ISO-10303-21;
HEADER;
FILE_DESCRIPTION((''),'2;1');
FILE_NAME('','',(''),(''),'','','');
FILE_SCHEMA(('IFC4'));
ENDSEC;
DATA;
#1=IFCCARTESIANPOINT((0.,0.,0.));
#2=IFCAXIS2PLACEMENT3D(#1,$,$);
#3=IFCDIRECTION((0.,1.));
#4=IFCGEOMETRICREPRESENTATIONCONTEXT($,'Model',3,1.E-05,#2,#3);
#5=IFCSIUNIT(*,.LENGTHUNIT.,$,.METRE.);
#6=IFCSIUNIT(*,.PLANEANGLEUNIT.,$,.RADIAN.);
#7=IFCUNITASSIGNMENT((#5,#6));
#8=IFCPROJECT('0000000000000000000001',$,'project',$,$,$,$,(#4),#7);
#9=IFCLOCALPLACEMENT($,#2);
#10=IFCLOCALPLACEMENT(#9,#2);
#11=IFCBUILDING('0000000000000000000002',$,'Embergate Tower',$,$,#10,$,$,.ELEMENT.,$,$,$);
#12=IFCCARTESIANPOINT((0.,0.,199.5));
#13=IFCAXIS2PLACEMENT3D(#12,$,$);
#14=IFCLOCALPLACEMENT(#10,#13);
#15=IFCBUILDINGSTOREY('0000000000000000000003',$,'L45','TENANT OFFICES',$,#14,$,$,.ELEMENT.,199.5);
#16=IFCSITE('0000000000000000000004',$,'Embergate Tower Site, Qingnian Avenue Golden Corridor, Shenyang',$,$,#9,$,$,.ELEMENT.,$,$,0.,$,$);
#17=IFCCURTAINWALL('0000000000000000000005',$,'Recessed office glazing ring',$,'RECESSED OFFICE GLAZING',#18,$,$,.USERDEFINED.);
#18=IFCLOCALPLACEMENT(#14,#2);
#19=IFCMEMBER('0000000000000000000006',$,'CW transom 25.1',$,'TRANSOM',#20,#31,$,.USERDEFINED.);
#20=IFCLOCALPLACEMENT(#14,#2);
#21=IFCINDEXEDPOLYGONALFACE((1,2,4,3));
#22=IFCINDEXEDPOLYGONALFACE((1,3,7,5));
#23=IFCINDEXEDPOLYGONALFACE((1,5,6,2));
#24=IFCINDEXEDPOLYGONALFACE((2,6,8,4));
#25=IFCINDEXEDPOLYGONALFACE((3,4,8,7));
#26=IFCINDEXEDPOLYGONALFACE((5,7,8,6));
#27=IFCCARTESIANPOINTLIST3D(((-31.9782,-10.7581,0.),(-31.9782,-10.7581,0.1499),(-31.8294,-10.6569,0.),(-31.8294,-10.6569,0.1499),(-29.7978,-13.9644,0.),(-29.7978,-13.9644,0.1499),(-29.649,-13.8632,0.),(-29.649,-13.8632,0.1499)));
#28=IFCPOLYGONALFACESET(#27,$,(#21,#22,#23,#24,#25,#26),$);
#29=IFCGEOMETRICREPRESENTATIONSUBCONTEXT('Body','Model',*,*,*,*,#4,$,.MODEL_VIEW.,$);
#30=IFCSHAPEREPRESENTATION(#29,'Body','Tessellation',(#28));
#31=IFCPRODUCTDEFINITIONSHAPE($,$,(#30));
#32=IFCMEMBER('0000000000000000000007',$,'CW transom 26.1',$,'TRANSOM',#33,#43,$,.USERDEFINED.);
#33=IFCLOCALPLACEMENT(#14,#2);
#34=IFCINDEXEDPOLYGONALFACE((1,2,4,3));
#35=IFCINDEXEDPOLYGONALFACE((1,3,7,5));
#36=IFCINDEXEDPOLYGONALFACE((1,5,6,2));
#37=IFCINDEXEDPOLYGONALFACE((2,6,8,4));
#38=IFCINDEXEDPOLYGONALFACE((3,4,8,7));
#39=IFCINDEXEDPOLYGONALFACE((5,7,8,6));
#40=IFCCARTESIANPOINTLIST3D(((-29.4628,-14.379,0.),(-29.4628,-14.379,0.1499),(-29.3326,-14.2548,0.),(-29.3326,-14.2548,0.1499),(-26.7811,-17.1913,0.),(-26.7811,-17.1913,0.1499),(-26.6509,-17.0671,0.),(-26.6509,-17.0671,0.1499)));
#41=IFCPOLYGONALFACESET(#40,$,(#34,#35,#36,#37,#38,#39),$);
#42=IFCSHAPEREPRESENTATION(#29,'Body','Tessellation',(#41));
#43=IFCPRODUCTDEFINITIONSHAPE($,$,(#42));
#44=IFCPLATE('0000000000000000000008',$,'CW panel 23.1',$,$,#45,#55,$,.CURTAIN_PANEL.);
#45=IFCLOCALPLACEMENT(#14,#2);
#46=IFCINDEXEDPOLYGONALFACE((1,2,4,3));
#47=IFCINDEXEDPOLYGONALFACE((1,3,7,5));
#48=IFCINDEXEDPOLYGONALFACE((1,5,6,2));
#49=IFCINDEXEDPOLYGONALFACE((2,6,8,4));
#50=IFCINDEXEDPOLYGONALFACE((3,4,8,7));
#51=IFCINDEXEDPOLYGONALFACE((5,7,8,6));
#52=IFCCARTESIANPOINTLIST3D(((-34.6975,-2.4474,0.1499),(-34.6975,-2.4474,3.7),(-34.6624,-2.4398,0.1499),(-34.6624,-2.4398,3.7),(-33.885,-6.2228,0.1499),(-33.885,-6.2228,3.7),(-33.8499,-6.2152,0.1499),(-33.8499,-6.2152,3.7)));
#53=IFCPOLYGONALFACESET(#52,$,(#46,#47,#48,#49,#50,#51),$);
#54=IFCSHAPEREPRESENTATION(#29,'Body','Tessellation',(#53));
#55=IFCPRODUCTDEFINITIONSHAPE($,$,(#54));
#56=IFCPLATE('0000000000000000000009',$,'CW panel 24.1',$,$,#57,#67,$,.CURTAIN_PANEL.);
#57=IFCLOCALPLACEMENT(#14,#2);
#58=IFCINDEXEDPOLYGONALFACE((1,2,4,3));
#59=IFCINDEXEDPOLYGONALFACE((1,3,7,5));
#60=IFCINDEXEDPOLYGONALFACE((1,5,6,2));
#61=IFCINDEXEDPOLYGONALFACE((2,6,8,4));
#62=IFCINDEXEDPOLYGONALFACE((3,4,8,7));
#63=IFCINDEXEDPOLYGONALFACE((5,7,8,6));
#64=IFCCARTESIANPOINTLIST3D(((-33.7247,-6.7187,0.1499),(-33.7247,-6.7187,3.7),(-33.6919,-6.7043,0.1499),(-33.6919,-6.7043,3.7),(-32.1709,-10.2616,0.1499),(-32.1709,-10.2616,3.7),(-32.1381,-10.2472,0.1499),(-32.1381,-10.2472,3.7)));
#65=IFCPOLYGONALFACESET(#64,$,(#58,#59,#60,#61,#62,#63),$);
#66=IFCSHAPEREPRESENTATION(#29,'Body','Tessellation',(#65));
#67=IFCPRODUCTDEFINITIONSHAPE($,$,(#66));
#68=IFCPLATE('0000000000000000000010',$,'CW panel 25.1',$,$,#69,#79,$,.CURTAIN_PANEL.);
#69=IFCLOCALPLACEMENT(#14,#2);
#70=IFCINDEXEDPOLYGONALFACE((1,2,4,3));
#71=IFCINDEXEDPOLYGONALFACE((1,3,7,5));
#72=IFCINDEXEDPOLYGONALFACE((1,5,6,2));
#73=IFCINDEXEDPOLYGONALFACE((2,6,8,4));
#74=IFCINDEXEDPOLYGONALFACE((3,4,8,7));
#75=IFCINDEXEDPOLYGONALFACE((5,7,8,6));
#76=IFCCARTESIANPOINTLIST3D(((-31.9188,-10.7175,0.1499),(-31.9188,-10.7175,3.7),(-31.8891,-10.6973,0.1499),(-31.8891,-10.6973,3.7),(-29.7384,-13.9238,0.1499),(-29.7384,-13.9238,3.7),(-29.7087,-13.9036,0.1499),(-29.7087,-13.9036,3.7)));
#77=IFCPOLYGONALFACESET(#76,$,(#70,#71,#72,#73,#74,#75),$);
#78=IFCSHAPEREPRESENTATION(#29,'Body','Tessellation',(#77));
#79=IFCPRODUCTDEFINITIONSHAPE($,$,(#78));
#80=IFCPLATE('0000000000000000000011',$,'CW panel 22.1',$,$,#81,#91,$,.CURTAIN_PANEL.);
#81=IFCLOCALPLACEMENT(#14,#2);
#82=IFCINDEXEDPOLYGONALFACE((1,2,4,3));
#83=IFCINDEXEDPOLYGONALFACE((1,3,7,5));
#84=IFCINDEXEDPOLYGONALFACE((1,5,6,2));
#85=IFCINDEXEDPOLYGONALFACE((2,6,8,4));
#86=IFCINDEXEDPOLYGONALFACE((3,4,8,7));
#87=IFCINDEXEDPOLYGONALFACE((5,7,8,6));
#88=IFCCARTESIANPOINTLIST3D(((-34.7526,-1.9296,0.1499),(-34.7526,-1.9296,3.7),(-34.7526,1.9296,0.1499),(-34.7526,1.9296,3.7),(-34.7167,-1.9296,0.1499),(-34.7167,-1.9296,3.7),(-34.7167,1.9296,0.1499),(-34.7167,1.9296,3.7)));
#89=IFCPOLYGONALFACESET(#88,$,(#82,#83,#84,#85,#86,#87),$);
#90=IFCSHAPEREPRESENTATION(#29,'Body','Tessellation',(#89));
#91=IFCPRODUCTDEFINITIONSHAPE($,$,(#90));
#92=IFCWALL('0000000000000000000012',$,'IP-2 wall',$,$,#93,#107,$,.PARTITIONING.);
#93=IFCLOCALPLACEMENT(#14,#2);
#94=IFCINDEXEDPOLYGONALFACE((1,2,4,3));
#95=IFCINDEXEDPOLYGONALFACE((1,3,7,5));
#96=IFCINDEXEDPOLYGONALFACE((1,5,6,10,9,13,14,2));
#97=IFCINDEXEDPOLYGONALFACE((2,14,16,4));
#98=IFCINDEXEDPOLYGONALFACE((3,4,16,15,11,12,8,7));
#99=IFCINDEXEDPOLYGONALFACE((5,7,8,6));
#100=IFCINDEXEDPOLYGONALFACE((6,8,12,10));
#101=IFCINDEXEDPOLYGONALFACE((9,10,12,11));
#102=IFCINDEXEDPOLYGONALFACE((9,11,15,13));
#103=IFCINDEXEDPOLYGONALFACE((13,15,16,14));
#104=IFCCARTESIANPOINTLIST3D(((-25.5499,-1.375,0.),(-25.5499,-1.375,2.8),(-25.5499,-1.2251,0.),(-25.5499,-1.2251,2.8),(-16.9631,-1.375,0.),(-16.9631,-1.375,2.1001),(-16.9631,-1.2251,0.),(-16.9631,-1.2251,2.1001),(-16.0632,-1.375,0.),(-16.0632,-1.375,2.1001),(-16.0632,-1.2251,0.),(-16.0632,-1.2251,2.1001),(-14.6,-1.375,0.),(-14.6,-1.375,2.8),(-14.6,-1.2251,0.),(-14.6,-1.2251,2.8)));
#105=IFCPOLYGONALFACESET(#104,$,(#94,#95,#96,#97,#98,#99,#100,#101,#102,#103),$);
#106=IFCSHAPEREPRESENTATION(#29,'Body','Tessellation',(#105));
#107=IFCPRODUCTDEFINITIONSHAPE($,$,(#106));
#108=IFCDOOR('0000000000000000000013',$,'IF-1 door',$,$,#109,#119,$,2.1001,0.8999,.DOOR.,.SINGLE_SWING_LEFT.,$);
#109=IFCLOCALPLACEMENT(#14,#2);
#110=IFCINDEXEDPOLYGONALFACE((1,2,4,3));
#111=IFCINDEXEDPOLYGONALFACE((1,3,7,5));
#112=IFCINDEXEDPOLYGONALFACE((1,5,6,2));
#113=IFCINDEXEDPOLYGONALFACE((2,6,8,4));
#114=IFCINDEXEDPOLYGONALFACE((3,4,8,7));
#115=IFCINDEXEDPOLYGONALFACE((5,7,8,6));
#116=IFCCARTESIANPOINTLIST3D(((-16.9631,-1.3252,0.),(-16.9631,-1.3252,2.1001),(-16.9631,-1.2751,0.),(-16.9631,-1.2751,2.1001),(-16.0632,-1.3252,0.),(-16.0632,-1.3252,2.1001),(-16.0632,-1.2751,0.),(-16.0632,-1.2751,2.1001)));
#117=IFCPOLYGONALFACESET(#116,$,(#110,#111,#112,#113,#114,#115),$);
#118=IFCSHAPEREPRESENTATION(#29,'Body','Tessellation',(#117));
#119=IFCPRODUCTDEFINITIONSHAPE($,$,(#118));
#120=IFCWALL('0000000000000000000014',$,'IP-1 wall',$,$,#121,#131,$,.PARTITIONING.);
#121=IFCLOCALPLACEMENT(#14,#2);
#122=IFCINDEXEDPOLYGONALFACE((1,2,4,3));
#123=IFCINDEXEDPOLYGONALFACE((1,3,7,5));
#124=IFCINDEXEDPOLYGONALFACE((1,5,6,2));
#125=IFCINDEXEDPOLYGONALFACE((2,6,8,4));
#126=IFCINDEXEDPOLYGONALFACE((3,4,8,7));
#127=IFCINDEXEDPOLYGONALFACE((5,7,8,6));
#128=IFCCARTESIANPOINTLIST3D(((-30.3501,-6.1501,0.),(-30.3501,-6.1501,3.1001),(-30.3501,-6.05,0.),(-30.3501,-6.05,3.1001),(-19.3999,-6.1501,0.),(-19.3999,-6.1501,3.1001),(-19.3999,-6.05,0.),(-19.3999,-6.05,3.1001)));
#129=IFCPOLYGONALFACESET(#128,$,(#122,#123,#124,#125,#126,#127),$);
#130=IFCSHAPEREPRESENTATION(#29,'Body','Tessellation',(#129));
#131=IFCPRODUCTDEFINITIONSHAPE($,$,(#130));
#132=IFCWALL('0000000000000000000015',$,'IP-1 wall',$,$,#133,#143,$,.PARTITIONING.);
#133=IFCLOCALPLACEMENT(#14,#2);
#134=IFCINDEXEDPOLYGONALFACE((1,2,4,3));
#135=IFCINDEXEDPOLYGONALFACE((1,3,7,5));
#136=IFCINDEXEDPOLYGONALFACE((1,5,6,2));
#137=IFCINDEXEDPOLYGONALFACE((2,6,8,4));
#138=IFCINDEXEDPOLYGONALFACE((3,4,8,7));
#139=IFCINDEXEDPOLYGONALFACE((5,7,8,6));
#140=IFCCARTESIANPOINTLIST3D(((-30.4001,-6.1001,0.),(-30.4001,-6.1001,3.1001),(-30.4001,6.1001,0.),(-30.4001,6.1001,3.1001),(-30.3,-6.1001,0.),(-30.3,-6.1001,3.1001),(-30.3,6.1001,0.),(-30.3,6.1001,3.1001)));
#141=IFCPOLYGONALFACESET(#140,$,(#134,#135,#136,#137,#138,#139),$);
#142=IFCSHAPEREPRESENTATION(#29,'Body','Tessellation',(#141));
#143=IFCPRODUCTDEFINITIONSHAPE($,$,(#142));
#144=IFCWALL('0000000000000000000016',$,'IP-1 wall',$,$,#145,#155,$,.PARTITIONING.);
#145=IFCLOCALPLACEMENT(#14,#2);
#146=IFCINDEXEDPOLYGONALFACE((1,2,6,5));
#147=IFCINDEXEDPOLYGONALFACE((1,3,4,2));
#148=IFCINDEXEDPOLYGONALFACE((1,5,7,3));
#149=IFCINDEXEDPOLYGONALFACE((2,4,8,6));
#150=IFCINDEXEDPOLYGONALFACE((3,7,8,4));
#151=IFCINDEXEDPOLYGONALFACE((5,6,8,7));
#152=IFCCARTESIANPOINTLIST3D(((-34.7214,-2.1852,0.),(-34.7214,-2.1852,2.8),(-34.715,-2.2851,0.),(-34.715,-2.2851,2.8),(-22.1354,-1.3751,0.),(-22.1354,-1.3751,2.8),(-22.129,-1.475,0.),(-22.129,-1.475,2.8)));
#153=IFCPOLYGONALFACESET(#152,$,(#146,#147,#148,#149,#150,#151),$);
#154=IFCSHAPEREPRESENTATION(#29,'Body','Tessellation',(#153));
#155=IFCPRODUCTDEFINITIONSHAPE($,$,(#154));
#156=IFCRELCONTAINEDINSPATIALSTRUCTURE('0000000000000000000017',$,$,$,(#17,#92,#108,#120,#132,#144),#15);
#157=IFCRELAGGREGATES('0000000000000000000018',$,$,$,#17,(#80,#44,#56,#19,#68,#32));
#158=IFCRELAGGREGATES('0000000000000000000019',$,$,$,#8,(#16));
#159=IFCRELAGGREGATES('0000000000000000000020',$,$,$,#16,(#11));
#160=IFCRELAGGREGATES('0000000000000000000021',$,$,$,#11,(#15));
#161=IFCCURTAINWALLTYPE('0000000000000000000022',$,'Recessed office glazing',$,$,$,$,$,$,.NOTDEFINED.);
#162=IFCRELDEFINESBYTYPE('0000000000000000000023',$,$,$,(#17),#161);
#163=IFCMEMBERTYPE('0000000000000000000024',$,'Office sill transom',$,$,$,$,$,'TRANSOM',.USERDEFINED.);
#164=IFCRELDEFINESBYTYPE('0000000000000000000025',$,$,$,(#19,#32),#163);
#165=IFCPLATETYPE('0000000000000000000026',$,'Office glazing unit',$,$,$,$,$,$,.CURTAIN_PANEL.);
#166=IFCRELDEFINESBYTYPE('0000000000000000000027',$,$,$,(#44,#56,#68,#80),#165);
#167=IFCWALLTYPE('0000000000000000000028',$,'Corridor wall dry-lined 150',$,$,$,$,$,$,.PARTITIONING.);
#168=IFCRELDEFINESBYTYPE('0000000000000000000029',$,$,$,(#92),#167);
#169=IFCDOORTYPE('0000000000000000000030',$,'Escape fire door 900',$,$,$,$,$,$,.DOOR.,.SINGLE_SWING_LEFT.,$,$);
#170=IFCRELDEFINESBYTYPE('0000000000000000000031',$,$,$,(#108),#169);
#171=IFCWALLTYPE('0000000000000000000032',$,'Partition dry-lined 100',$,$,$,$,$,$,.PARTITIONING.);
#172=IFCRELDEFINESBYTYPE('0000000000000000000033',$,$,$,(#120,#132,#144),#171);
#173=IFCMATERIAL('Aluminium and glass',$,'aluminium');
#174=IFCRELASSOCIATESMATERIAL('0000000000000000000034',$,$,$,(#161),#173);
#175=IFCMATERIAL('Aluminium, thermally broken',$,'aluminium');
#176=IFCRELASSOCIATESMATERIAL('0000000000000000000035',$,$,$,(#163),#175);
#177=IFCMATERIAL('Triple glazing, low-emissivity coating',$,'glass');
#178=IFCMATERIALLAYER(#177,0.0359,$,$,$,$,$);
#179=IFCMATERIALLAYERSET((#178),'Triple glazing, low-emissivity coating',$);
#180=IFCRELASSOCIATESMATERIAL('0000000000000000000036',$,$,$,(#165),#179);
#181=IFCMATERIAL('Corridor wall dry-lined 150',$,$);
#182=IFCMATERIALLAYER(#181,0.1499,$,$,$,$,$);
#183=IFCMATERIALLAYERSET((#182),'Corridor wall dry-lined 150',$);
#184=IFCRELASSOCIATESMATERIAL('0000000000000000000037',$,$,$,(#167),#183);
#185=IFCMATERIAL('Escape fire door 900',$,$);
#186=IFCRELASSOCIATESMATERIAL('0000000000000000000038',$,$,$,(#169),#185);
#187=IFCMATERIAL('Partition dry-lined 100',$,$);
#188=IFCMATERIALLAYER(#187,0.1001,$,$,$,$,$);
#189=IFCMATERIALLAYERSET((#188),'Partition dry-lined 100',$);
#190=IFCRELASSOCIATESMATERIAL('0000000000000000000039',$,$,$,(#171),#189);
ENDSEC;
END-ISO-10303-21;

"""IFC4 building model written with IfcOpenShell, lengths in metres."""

from ifc_helpers import new_model, si_unit, direction, frame, frame_2d, origin, origin_2d, place, context, subcontext, project, spatial, rectangle, extrude, source, transform, mapped, material, layer, layer_set, material_profile, profile_set, type_object, element, fill, aggregate, save


model = new_model("IFC4")

# Units and contexts
model_context = context("Model", 3, precision=1e-05, world=origin(), true_north=direction((0.0, 1.0)))
body_context = subcontext(model_context, "Body", "Model", "MODEL_VIEW")
ifc_project = project(units=[si_unit("LENGTHUNIT", "METRE"), si_unit("PLANEANGLEUNIT", "RADIAN")], contexts=[model_context])

# Site, building, storey
site_placement = place(None, origin())
site = spatial("IfcSite", under=ifc_project, at=site_placement, Name="Embergate Tower Site, Qingnian Avenue Golden Corridor, Shenyang", CompositionType="ELEMENT", RefElevation=0.0)
building_placement = place(site_placement, origin())
building = spatial("IfcBuilding", under=site, at=building_placement, Name="Embergate Tower", CompositionType="ELEMENT")
storey_placement = place(building_placement, frame((0.0, 0.0, 199.5)))
storey = spatial("IfcBuildingStorey", under=building, at=storey_placement, Name="L45", Description="TENANT OFFICES", CompositionType="ELEMENT", Elevation=199.5)

# Curtain wall, members, plates
ifc_material_1 = material(Name="Aluminium and glass", Category="aluminium")
curtain_wall_type = type_object("IfcCurtainWallType", Name="Recessed office glazing", PredefinedType="NOTDEFINED", material=ifc_material_1)
curtain_wall_placement = place(storey_placement, origin())
curtain_wall = element("IfcCurtainWall", 1, at=curtain_wall_placement, inside=storey, type_object=curtain_wall_type, Name="Recessed office glazing ring", ObjectType="RECESSED OFFICE GLAZING", PredefinedType="USERDEFINED")
ifc_material_2 = material(Name="Aluminium, thermally broken", Category="aluminium")
ifc_material_profile_1 = material_profile(ifc_material_2, rectangle(XDim=0.1799, YDim=0.1499, at=origin_2d()), Name="AL 150x180")
ifc_profile_set_1 = profile_set([ifc_material_profile_1], Name="Aluminium, thermally broken")
member_type_1 = type_object("IfcMemberType", Name="Office sill transom", ElementType="TRANSOM", PredefinedType="USERDEFINED", material=ifc_profile_set_1)
shared_shape_1 = source(origin(), body_context, "Body", "SweptSolid", [
    extrude(rectangle(XDim=0.1799, YDim=0.1499, at=origin_2d()), origin(), (0.0, 0.0, 1.0), 3.8774),
])
member_1_placement = place(storey_placement, frame((-31.9038, -10.7075, 0.075), z_axis=(0.562334, -0.82691, 0.0), x_axis=(0.82691, 0.562334, 0.0)))
member_1 = element("IfcMember", 2, at=member_1_placement, type_object=member_type_1, Name="CW transom 25.1", ObjectType="TRANSOM", PredefinedType="USERDEFINED", context=body_context, shape_type="MappedRepresentation", body=[
    mapped(shared_shape_1, transform((0.0, 0.0, 0.0))),
])
shared_shape_2 = source(origin(), body_context, "Body", "SweptSolid", [
    extrude(rectangle(XDim=0.1799, YDim=0.1499, at=origin_2d()), origin(), (0.0, 0.0, 1.0), 3.886),
])
member_2_placement = place(storey_placement, frame((-29.3977, -14.3169, 0.075), z_axis=(0.690101, -0.723713, 0.0), x_axis=(0.723713, 0.690101, 0.0)))
member_2 = element("IfcMember", 3, at=member_2_placement, type_object=member_type_1, Name="CW transom 26.1", ObjectType="TRANSOM", PredefinedType="USERDEFINED", context=body_context, shape_type="MappedRepresentation", body=[
    mapped(shared_shape_2, transform((0.0, 0.0, 0.0))),
])
ifc_material_3 = material(Name="Triple glazing, low-emissivity coating", Category="glass")
ifc_layer_1 = layer(ifc_material_3, 0.0359)
ifc_layer_set_1 = layer_set([ifc_layer_1], Name="Triple glazing, low-emissivity coating")
plate_type = type_object("IfcPlateType", Name="Office glazing unit", PredefinedType="CURTAIN_PANEL", material=ifc_layer_set_1)
shared_shape_3 = source(origin(), body_context, "Body", "SweptSolid", [
    extrude(rectangle(XDim=3.8618, YDim=0.0359, at=origin_2d()), origin(), (0.0, 0.0, 1.0), 3.55),
])
plate_1_placement = place(storey_placement, frame((-34.2737, -4.3313, 0.1499), z_axis=(0.0, 0.0, 1.0), x_axis=(0.210393, -0.977617, 0.0)))
plate_1 = element("IfcPlate", 4, at=plate_1_placement, type_object=plate_type, Name="CW panel 23.1", PredefinedType="CURTAIN_PANEL", context=body_context, shape_type="MappedRepresentation", body=[
    mapped(shared_shape_3, transform((0.0, 0.0, 0.0))),
])
shared_shape_4 = source(origin(), body_context, "Body", "SweptSolid", [
    extrude(rectangle(XDim=3.8687, YDim=0.0359, at=origin_2d()), origin(), (0.0, 0.0, 1.0), 3.55),
])
plate_2_placement = place(storey_placement, frame((-32.9314, -8.4829, 0.1499), z_axis=(0.0, 0.0, 1.0), x_axis=(0.401644, -0.915796, 0.0)))
plate_2 = element("IfcPlate", 5, at=plate_2_placement, type_object=plate_type, Name="CW panel 24.1", PredefinedType="CURTAIN_PANEL", context=body_context, shape_type="MappedRepresentation", body=[
    mapped(shared_shape_4, transform((0.0, 0.0, 0.0))),
])
shared_shape_5 = source(origin(), body_context, "Body", "SweptSolid", [
    extrude(rectangle(XDim=3.8774, YDim=0.0359, at=origin_2d()), origin(), (0.0, 0.0, 1.0), 3.55),
])
plate_3_placement = place(storey_placement, frame((-30.8137, -12.3105, 0.1499), z_axis=(0.0, 0.0, 1.0), x_axis=(0.562332, -0.826912, 0.0)))
plate_3 = element("IfcPlate", 6, at=plate_3_placement, type_object=plate_type, Name="CW panel 25.1", PredefinedType="CURTAIN_PANEL", context=body_context, shape_type="MappedRepresentation", body=[
    mapped(shared_shape_5, transform((0.0, 0.0, 0.0))),
])
shared_shape_6 = source(origin(), body_context, "Body", "SweptSolid", [
    extrude(rectangle(XDim=3.8591, YDim=0.0359, at=origin_2d()), origin(), (0.0, 0.0, 1.0), 3.55),
])
plate_4_placement = place(storey_placement, frame((-34.7346, 0.0, 0.1499), z_axis=(0.0, 0.0, 1.0), x_axis=(0.0, -1.0, 0.0)))
plate_4 = element("IfcPlate", 7, at=plate_4_placement, type_object=plate_type, Name="CW panel 22.1", PredefinedType="CURTAIN_PANEL", context=body_context, shape_type="MappedRepresentation", body=[
    mapped(shared_shape_6, transform((0.0, 0.0, 0.0))),
])
aggregate(curtain_wall, [plate_4, plate_1, plate_2, member_1, plate_3, member_2])

# Wall, opening, door
ifc_material_4 = material(Name="Corridor wall dry-lined 150")
ifc_layer_2 = layer(ifc_material_4, 0.1499)
ifc_layer_set_2 = layer_set([ifc_layer_2], Name="Corridor wall dry-lined 150")
wall_type_1 = type_object("IfcWallType", Name="Corridor wall dry-lined 150", PredefinedType="PARTITIONING", material=ifc_layer_set_2)
shared_shape_7 = source(origin(), body_context, "Body", "SweptSolid", [
    extrude(rectangle(XDim=10.95, YDim=0.1499, at=frame_2d((5.4751, 0.0))), origin(), (0.0, 0.0, 1.0), 2.8),
])
wall_1_placement = place(storey_placement, frame((-25.55, -1.3, 0.0), z_axis=(0.0, 0.0, 1.0), x_axis=(1.0, 0.0, 0.0)))
wall_1 = element("IfcWall", 8, at=wall_1_placement, inside=storey, type_object=wall_type_1, Name="IP-2 wall", PredefinedType="PARTITIONING", context=body_context, shape_type="MappedRepresentation", body=[
    mapped(shared_shape_7, transform((0.0, 0.0, 0.0))),
])
shared_shape_8 = source(origin(), body_context, "Body", "SweptSolid", [
    extrude(rectangle(XDim=0.8999, YDim=2.1001, at=frame_2d((0.45, 1.05))), frame((0.0, 0.085, 0.0), z_axis=(0.0, -1.0, 0.0), x_axis=(1.0, 0.0, 0.0)), (0.0, 0.0, 1.0), 0.1699),
])
opening_placement = place(wall_1_placement, frame((8.5869, 0.0, 0.0)))
opening = element("IfcOpeningElement", 9, at=opening_placement, cuts=wall_1, PredefinedType="OPENING", context=body_context, shape_type="MappedRepresentation", body=[
    mapped(shared_shape_8, transform((0.0, 0.0, 0.0))),
])
ifc_material_5 = material(Name="Escape fire door 900")
door_type = type_object("IfcDoorType", Name="Escape fire door 900", OperationType="SINGLE_SWING_LEFT", PredefinedType="DOOR", material=ifc_material_5)
shared_shape_9 = source(origin(), body_context, "Body", "SweptSolid", [
    extrude(rectangle(XDim=0.8999, YDim=2.1001, at=frame_2d((0.45, 1.05))), frame((0.0, 0.0249, 0.0), z_axis=(0.0, -1.0, 0.0), x_axis=(1.0, 0.0, 0.0)), (0.0, 0.0, 1.0), 0.05),
])
door_placement = place(opening_placement, origin())
door = element("IfcDoor", 10, at=door_placement, inside=storey, type_object=door_type, Name="IF-1 door", OperationType="SINGLE_SWING_LEFT", OverallHeight=2.1001, OverallWidth=0.8999, PredefinedType="DOOR", context=body_context, shape_type="MappedRepresentation", body=[
    mapped(shared_shape_9, transform((0.0, 0.0, 0.0))),
])
fill(opening, door)

# Walls
ifc_material_6 = material(Name="Partition dry-lined 100")
ifc_layer_3 = layer(ifc_material_6, 0.1001)
ifc_layer_set_3 = layer_set([ifc_layer_3], Name="Partition dry-lined 100")
wall_type_2 = type_object("IfcWallType", Name="Partition dry-lined 100", PredefinedType="PARTITIONING", material=ifc_layer_set_3)
shared_shape_10 = source(origin(), body_context, "Body", "SweptSolid", [
    extrude(rectangle(XDim=10.9502, YDim=0.1001, at=frame_2d((5.4751, 0.0))), origin(), (0.0, 0.0, 1.0), 3.1001),
])
wall_2_placement = place(storey_placement, frame((-19.3999, -6.1001, 0.0), z_axis=(0.0, 0.0, 1.0), x_axis=(-1.0, 0.0, 0.0)))
element("IfcWall", 11, at=wall_2_placement, inside=storey, type_object=wall_type_2, Name="IP-1 wall", PredefinedType="PARTITIONING", context=body_context, shape_type="MappedRepresentation", body=[
    mapped(shared_shape_10, transform((0.0, 0.0, 0.0))),
])
shared_shape_11 = source(origin(), body_context, "Body", "SweptSolid", [
    extrude(rectangle(XDim=12.2002, YDim=0.1001, at=frame_2d((6.1001, 0.0))), origin(), (0.0, 0.0, 1.0), 3.1001),
])
wall_3_placement = place(storey_placement, frame((-30.3501, -6.1001, 0.0), z_axis=(0.0, 0.0, 1.0), x_axis=(0.0, 1.0, 0.0)))
element("IfcWall", 12, at=wall_3_placement, inside=storey, type_object=wall_type_2, Name="IP-1 wall", PredefinedType="PARTITIONING", context=body_context, shape_type="MappedRepresentation", body=[
    mapped(shared_shape_11, transform((0.0, 0.0, 0.0))),
])
shared_shape_12 = source(origin(), body_context, "Body", "SweptSolid", [
    extrude(rectangle(XDim=12.6121, YDim=0.1001, at=frame_2d((6.3062, 0.0))), origin(), (0.0, 0.0, 1.0), 2.8),
])
wall_4_placement = place(storey_placement, frame((-22.1321, -1.425, 0.0), z_axis=(0.0, 0.0, 1.0), x_axis=(-0.997935, -0.064229, 0.0)))
element("IfcWall", 13, at=wall_4_placement, inside=storey, type_object=wall_type_2, Name="IP-1 wall", PredefinedType="PARTITIONING", context=body_context, shape_type="MappedRepresentation", body=[
    mapped(shared_shape_12, transform((0.0, 0.0, 0.0))),
])

save(model, "model.ifc")
